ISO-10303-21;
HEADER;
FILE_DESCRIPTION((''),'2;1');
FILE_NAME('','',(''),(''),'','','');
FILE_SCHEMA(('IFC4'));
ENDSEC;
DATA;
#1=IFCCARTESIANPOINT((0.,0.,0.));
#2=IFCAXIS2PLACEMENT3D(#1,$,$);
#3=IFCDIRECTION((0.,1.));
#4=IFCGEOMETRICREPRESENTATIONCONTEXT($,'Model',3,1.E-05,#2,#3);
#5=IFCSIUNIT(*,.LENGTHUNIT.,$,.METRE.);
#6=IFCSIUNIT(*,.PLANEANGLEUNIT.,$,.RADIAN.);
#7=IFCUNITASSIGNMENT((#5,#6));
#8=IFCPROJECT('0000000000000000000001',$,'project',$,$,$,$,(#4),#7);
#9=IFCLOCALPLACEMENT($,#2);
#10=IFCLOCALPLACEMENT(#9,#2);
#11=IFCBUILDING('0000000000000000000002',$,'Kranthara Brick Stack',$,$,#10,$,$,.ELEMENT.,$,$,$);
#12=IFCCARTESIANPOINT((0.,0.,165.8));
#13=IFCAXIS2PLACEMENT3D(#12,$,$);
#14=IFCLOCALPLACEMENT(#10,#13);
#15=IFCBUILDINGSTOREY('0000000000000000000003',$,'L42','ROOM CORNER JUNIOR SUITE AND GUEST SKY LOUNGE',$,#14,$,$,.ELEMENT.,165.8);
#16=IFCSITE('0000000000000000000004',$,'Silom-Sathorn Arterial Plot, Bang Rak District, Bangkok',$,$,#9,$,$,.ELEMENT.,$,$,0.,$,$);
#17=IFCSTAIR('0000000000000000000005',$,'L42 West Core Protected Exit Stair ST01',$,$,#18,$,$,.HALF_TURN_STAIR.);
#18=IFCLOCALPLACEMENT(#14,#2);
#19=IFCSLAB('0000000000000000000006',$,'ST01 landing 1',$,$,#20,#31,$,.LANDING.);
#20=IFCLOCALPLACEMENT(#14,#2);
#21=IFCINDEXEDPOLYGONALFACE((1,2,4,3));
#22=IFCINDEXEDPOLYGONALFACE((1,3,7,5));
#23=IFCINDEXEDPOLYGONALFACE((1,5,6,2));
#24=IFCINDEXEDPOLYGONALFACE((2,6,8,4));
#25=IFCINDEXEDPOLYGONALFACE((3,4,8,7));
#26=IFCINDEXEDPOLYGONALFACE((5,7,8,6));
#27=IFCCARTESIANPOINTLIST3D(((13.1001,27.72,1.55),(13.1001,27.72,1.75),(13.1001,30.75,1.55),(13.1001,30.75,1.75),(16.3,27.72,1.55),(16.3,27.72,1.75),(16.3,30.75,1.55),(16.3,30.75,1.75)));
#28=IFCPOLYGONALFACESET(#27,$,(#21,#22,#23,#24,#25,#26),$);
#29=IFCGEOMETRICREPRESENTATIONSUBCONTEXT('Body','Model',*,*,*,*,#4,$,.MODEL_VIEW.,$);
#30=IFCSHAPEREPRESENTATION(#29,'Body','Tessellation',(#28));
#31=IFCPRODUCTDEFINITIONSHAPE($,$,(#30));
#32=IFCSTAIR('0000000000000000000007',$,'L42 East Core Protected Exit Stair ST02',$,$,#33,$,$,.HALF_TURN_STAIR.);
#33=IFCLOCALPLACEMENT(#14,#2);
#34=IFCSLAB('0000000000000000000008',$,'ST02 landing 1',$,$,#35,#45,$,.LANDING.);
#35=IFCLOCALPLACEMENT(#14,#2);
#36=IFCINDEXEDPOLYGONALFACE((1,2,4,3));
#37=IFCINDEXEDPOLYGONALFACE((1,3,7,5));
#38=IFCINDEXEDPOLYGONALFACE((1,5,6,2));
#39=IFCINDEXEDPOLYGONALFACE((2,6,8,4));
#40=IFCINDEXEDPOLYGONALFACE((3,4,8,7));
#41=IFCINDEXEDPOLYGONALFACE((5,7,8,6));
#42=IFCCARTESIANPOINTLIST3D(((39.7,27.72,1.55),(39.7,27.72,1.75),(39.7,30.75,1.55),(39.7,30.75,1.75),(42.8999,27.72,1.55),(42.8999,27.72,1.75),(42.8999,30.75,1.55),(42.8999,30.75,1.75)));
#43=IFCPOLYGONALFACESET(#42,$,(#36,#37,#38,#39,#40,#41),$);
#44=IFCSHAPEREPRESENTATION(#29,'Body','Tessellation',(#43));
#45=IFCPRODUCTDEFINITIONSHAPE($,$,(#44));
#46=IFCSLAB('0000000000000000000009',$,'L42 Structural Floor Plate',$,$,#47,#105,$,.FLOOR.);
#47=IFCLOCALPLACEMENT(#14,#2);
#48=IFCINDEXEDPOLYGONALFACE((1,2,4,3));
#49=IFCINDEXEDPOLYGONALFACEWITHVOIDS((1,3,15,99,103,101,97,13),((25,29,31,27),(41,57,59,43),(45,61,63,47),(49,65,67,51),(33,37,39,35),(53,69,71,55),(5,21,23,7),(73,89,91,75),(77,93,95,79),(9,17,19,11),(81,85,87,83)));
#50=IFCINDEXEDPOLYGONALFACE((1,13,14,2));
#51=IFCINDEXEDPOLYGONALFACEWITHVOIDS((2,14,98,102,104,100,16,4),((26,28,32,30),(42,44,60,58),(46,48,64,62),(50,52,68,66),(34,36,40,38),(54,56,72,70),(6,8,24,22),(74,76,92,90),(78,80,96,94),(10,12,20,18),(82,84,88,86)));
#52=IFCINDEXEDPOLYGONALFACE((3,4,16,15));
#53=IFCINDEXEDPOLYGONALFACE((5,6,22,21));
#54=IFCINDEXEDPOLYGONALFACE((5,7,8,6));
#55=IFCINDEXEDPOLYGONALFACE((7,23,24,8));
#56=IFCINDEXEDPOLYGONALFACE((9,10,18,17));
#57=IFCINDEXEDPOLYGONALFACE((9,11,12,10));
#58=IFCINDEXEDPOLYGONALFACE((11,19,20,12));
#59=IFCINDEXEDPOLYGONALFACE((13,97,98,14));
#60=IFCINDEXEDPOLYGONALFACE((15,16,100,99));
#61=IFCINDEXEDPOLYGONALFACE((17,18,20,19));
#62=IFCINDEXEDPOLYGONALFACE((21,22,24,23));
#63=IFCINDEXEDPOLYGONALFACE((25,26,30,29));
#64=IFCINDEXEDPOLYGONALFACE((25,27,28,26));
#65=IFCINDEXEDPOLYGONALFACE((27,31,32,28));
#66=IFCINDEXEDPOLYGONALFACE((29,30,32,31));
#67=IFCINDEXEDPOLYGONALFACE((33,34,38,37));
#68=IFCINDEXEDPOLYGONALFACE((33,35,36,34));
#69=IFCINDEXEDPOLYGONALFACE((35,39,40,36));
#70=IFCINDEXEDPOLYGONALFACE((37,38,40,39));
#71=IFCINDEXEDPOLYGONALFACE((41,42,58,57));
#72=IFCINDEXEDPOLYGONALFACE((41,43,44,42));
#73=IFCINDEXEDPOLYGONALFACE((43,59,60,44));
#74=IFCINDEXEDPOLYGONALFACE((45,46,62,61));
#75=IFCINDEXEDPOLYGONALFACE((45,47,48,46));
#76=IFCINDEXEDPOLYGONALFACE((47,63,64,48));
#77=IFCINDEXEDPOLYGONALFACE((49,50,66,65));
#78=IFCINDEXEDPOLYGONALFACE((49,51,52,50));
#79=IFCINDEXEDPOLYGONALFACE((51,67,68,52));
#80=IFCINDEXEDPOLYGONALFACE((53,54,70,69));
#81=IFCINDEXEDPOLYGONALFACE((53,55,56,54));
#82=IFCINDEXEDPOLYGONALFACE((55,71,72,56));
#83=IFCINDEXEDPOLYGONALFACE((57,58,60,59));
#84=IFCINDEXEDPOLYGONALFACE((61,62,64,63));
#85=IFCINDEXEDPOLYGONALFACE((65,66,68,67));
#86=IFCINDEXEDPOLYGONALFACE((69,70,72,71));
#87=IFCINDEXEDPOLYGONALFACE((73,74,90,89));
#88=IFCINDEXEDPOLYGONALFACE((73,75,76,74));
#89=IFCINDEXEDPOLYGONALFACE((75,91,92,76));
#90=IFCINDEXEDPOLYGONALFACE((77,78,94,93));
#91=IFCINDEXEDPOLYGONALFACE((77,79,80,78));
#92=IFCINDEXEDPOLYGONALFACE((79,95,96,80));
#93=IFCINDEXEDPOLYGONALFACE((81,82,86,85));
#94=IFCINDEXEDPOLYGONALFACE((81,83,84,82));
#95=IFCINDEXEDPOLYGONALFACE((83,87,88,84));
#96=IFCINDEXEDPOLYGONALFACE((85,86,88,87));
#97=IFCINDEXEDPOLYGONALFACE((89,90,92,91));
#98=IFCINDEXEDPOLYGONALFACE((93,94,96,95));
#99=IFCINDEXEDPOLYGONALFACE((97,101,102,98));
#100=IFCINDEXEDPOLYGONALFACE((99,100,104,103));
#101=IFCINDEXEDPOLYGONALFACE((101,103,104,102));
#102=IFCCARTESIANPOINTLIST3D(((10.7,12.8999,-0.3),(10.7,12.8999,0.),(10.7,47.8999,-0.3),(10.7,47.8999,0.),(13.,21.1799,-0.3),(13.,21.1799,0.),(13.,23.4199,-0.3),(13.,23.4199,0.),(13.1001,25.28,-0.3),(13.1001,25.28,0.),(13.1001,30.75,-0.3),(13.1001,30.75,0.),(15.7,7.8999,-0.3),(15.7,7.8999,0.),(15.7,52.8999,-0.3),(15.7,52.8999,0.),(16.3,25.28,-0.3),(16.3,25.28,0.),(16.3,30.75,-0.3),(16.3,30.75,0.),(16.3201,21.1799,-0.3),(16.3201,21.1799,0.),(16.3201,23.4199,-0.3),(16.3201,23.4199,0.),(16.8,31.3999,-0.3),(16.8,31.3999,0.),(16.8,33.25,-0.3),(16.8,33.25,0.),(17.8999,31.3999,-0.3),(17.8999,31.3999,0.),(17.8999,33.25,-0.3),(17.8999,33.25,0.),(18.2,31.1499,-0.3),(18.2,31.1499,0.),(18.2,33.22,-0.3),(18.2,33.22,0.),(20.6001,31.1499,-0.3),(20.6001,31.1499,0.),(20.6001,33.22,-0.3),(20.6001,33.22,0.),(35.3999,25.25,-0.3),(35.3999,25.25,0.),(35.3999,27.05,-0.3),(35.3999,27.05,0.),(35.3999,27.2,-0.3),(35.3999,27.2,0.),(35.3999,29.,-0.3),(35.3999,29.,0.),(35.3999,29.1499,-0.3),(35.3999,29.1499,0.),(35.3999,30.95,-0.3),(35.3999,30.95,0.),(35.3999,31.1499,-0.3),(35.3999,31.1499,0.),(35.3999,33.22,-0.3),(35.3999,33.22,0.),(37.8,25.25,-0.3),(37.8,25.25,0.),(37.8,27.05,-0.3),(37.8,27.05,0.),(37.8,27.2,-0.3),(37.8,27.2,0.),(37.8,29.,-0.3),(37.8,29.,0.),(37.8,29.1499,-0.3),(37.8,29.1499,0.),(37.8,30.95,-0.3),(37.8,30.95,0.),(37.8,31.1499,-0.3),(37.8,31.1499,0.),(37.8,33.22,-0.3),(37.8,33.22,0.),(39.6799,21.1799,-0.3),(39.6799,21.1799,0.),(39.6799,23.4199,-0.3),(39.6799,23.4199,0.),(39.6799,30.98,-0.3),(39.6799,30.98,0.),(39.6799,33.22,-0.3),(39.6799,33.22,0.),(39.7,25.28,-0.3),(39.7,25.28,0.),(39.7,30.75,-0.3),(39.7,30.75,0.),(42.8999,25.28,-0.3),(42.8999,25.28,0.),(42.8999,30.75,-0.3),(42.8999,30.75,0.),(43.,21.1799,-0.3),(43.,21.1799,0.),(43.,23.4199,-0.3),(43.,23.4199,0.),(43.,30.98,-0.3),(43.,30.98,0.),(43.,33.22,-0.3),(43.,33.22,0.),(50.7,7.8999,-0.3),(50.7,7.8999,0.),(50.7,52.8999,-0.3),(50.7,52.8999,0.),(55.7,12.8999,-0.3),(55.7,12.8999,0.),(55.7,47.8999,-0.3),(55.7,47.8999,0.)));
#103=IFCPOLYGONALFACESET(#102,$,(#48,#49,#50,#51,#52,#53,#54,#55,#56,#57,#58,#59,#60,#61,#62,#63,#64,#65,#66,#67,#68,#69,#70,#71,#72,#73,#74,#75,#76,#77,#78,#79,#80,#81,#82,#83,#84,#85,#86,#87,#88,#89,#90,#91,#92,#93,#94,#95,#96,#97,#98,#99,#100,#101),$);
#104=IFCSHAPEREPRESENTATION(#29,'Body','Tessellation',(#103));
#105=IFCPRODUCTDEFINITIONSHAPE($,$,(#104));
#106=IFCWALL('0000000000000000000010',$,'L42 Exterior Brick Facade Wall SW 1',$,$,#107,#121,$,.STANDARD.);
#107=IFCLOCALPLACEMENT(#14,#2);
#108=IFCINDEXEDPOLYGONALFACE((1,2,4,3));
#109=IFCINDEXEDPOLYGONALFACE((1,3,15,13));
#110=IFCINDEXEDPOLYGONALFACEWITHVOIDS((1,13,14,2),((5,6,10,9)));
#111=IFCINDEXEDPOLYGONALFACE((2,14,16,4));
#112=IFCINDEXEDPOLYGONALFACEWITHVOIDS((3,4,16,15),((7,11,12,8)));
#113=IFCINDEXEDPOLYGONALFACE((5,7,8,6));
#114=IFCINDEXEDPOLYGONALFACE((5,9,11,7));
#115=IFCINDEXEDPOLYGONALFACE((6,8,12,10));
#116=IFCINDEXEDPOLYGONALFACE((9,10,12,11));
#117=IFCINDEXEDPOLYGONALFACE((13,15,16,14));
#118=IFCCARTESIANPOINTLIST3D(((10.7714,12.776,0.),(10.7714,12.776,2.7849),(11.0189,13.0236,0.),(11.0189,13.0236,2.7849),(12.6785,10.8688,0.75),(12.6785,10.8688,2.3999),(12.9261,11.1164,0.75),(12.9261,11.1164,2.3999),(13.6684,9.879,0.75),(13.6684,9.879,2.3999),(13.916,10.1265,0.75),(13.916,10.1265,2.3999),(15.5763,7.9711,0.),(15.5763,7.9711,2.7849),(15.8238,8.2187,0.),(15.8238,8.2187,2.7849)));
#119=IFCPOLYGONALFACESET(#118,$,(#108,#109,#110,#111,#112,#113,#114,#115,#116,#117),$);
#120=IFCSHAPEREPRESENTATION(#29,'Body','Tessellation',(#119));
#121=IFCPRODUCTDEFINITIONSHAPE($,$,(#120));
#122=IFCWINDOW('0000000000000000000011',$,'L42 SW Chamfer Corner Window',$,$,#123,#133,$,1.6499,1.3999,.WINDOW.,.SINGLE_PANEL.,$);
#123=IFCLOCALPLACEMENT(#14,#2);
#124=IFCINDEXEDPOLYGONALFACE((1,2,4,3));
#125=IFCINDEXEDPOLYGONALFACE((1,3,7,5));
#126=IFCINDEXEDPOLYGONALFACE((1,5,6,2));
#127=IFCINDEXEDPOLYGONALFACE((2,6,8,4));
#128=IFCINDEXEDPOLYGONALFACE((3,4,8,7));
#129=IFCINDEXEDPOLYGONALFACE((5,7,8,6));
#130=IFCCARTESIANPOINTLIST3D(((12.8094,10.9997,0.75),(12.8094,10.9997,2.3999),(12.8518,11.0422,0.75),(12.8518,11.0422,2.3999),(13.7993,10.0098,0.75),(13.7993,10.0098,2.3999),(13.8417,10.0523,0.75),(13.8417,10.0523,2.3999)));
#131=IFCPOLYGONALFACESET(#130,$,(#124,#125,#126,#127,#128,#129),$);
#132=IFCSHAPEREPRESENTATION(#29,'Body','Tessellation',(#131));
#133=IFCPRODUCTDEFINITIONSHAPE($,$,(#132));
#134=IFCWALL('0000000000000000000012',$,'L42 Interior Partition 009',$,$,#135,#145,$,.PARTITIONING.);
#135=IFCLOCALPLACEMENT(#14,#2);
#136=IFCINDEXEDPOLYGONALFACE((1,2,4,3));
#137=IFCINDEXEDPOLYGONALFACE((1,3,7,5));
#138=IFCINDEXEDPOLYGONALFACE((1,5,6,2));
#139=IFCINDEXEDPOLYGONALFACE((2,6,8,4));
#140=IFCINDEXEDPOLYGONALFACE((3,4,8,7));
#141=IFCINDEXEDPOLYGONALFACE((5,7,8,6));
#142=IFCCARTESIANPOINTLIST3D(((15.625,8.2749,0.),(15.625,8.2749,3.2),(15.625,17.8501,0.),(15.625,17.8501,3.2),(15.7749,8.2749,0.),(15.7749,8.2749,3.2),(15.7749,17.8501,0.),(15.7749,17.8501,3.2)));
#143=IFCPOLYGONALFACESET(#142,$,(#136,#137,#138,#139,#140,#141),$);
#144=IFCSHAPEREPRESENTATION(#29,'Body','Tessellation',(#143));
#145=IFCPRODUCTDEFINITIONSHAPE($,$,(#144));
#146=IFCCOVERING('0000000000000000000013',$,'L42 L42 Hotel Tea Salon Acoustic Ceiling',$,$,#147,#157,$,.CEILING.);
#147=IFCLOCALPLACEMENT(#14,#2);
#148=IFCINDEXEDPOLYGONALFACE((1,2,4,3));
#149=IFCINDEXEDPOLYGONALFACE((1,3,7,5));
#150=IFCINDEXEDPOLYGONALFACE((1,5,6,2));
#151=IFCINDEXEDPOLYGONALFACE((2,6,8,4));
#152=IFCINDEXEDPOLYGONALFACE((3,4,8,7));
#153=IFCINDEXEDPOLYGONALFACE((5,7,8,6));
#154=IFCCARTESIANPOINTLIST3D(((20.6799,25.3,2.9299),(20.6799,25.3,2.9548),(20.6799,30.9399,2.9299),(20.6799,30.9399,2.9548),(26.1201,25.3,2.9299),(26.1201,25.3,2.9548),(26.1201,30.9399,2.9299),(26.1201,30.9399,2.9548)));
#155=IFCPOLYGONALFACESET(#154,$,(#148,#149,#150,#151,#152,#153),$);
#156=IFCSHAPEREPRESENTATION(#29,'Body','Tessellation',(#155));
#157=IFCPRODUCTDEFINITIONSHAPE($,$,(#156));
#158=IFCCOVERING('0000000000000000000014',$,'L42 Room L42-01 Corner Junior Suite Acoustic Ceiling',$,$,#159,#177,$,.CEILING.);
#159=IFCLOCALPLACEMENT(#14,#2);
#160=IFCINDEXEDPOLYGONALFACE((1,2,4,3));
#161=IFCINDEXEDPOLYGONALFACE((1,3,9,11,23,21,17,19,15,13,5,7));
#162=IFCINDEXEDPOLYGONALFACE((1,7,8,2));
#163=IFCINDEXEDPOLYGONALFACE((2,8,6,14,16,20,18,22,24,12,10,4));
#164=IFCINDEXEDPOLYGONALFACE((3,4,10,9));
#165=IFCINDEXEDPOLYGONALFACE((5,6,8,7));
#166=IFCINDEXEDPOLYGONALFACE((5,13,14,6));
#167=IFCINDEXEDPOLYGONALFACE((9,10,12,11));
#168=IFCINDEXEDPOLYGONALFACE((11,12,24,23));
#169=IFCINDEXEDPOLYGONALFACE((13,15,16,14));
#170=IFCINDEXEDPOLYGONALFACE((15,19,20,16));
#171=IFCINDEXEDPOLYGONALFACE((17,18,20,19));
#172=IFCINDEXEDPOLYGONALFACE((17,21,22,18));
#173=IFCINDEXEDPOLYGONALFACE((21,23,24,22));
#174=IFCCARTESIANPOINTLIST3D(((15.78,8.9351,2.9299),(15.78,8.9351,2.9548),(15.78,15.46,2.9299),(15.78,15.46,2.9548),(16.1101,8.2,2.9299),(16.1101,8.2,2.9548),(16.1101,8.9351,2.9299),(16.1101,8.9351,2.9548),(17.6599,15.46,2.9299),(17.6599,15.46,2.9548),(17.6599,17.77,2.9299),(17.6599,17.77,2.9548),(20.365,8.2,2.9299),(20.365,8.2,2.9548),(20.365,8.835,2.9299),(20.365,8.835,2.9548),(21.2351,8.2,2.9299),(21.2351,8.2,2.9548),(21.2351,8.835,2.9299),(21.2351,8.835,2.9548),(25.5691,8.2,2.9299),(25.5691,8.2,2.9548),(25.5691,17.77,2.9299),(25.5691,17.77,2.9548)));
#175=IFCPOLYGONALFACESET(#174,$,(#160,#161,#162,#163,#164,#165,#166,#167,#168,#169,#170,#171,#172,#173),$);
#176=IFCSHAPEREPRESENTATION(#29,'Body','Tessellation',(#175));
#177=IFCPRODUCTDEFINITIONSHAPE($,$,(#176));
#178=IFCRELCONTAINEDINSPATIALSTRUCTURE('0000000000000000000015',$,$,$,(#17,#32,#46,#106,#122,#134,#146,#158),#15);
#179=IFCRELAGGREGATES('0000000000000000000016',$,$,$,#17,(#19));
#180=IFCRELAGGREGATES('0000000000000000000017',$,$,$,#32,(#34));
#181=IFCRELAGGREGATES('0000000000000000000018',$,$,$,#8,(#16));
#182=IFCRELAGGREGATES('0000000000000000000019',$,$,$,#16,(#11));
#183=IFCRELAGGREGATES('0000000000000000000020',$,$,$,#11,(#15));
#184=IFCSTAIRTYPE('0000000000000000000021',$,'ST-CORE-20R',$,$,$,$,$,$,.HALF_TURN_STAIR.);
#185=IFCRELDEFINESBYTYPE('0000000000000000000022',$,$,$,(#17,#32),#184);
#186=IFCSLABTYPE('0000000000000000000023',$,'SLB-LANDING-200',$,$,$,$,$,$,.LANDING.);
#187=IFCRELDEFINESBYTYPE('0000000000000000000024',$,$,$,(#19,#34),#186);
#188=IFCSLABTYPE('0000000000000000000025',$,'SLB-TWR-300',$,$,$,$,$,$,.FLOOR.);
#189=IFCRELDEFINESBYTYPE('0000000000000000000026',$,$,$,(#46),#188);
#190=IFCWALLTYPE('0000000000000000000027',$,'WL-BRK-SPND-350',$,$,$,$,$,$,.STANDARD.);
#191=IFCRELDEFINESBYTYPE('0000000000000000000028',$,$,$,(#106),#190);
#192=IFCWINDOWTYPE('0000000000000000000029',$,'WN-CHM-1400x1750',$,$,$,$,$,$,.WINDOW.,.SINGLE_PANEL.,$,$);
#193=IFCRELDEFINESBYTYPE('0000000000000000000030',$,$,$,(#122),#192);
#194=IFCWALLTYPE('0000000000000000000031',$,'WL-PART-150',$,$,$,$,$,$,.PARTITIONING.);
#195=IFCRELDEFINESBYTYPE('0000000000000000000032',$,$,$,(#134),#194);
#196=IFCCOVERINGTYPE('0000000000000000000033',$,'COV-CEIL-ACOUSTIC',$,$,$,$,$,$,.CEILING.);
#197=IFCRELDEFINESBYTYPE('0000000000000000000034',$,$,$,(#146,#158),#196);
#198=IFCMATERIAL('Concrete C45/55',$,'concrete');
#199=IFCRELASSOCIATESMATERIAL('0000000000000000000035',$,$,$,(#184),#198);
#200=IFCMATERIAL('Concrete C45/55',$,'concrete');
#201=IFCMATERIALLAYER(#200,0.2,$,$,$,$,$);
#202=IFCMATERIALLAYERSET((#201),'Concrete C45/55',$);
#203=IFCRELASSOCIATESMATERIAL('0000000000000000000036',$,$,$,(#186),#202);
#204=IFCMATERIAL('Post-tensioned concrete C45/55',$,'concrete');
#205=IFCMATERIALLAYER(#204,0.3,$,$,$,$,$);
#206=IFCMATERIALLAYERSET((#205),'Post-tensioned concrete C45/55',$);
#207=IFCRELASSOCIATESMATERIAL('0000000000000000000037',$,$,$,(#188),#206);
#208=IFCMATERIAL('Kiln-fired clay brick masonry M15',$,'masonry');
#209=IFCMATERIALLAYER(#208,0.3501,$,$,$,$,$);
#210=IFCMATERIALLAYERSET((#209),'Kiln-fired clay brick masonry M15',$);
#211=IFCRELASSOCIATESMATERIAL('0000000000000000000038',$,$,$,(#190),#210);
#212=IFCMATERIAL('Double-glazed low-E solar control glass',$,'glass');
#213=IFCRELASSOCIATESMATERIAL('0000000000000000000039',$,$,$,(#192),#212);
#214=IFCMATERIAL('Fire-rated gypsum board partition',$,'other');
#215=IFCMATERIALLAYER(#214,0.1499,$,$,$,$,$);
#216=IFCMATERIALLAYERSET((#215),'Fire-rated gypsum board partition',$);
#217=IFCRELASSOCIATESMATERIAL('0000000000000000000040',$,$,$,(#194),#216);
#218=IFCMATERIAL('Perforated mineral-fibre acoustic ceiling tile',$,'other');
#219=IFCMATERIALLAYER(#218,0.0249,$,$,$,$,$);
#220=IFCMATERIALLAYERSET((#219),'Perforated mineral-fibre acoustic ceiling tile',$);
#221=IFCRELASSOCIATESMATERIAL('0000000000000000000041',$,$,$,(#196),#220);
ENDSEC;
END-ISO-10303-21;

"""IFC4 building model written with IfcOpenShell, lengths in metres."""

from ifc_helpers import new_model, si_unit, direction, frame, frame_2d, origin, place, context, subcontext, project, spatial, polyline, rectangle, outline, extrude, material, layer, layer_set, type_object, element, fill, aggregate, save


model = new_model("IFC4")

# Units and contexts
model_context = context("Model", 3, precision=1e-05, world=origin(), true_north=direction((0.0, 1.0)))
body_context = subcontext(model_context, "Body", "Model", "MODEL_VIEW")
ifc_project = project(units=[si_unit("LENGTHUNIT", "METRE"), si_unit("PLANEANGLEUNIT", "RADIAN")], contexts=[model_context])

# Site, building, storey
site_placement = place(None, origin())
site = spatial("IfcSite", under=ifc_project, at=site_placement, Name="Silom-Sathorn Arterial Plot, Bang Rak District, Bangkok", CompositionType="ELEMENT", RefElevation=0.0)
building_placement = place(site_placement, origin())
building = spatial("IfcBuilding", under=site, at=building_placement, Name="Kranthara Brick Stack", CompositionType="ELEMENT")
storey_placement = place(building_placement, frame((0.0, 0.0, 165.8)))
storey = spatial("IfcBuildingStorey", under=building, at=storey_placement, Name="L42", Description="ROOM CORNER JUNIOR SUITE AND GUEST SKY LOUNGE", CompositionType="ELEMENT", Elevation=165.8)

# Stairs, slabs
ifc_material_1 = material(Name="Concrete C45/55", Category="concrete")
stair_type = type_object("IfcStairType", Name="ST-CORE-20R", PredefinedType="HALF_TURN_STAIR", material=ifc_material_1)
stair_1_placement = place(storey_placement, origin())
stair_1 = element("IfcStair", 1, at=stair_1_placement, inside=storey, type_object=stair_type, Name="L42 West Core Protected Exit Stair ST01", PredefinedType="HALF_TURN_STAIR")
ifc_material_2 = material(Name="Concrete C45/55", Category="concrete")
ifc_layer_1 = layer(ifc_material_2, 0.2)
ifc_layer_set_1 = layer_set([ifc_layer_1], Name="Concrete C45/55")
slab_type_1 = type_object("IfcSlabType", Name="SLB-LANDING-200", PredefinedType="LANDING", material=ifc_layer_set_1)
slab_1_placement = place(storey_placement, frame((0.0, 0.0, 1.55)))
slab_1 = element("IfcSlab", 2, at=slab_1_placement, type_object=slab_type_1, Name="ST01 landing 1", PredefinedType="LANDING", context=body_context, shape_type="SweptSolid", body=[
    extrude(outline(polyline([(16.3, 27.72), (16.3, 30.75), (13.1001, 30.75), (13.1001, 27.72), (16.3, 27.72)])), origin(), (0.0, 0.0, 1.0), 0.2),
])
aggregate(stair_1, [slab_1])
stair_2_placement = place(storey_placement, origin())
stair_2 = element("IfcStair", 3, at=stair_2_placement, inside=storey, type_object=stair_type, Name="L42 East Core Protected Exit Stair ST02", PredefinedType="HALF_TURN_STAIR")
slab_2_placement = place(storey_placement, frame((0.0, 0.0, 1.55)))
slab_2 = element("IfcSlab", 4, at=slab_2_placement, type_object=slab_type_1, Name="ST02 landing 1", PredefinedType="LANDING", context=body_context, shape_type="SweptSolid", body=[
    extrude(outline(polyline([(42.8999, 27.72), (42.8999, 30.75), (39.7, 30.75), (39.7, 27.72), (42.8999, 27.72)])), origin(), (0.0, 0.0, 1.0), 0.2),
])
aggregate(stair_2, [slab_2])

# Slab
ifc_material_3 = material(Name="Post-tensioned concrete C45/55", Category="concrete")
ifc_layer_2 = layer(ifc_material_3, 0.3)
ifc_layer_set_2 = layer_set([ifc_layer_2], Name="Post-tensioned concrete C45/55")
slab_type_2 = type_object("IfcSlabType", Name="SLB-TWR-300", PredefinedType="FLOOR", material=ifc_layer_set_2)
slab_3_placement = place(storey_placement, frame((0.0, 0.0, -0.3)))
element("IfcSlab", 5, at=slab_3_placement, inside=storey, type_object=slab_type_2, Name="L42 Structural Floor Plate", PredefinedType="FLOOR", context=body_context, shape_type="SweptSolid", body=[
    extrude(outline(polyline([(15.7, 7.8999), (50.7, 7.8999), (55.7, 12.8999), (55.7, 47.8999), (50.7, 52.8999), (15.7, 52.8999), (10.7, 47.8999), (10.7, 12.8999), (15.7, 7.8999)]), holes=[polyline([(13.1001, 25.28), (16.3, 25.28), (16.3, 30.75), (13.1001, 30.75), (13.1001, 25.28)]), polyline([(39.7, 25.28), (42.8999, 25.28), (42.8999, 30.75), (39.7, 30.75), (39.7, 25.28)]), polyline([(13.0, 21.1799), (16.3201, 21.1799), (16.3201, 23.4199), (13.0, 23.4199), (13.0, 21.1799)]), polyline([(39.6799, 21.1799), (43.0, 21.1799), (43.0, 23.4199), (39.6799, 23.4199), (39.6799, 21.1799)]), polyline([(39.6799, 30.98), (43.0, 30.98), (43.0, 33.22), (39.6799, 33.22), (39.6799, 30.98)]), polyline([(35.3999, 25.25), (37.8, 25.25), (37.8, 27.05), (35.3999, 27.05), (35.3999, 25.25)]), polyline([(35.3999, 27.2), (37.8, 27.2), (37.8, 29.0), (35.3999, 29.0), (35.3999, 27.2)]), polyline([(35.3999, 29.1499), (37.8, 29.1499), (37.8, 30.95), (35.3999, 30.95), (35.3999, 29.1499)]), polyline([(18.2, 31.1499), (20.6001, 31.1499), (20.6001, 33.22), (18.2, 33.22), (18.2, 31.1499)]), polyline([(35.3999, 31.1499), (37.8, 31.1499), (37.8, 33.22), (35.3999, 33.22), (35.3999, 31.1499)]), polyline([(16.8, 31.3999), (17.8999, 31.3999), (17.8999, 33.25), (16.8, 33.25), (16.8, 31.3999)])]), origin(), (0.0, 0.0, 1.0), 0.3),
])

# Wall, opening, window
ifc_material_4 = material(Name="Kiln-fired clay brick masonry M15", Category="masonry")
ifc_layer_3 = layer(ifc_material_4, 0.3501)
ifc_layer_set_3 = layer_set([ifc_layer_3], Name="Kiln-fired clay brick masonry M15")
wall_type_1 = type_object("IfcWallType", Name="WL-BRK-SPND-350", PredefinedType="STANDARD", material=ifc_layer_set_3)
wall_1_placement = place(storey_placement, frame((15.7, 8.095, 0.0), z_axis=(0.0, 0.0, 1.0), x_axis=(-0.707107, 0.707107, 0.0)))
wall_1 = element("IfcWall", 6, at=wall_1_placement, inside=storey, type_object=wall_type_1, Name="L42 Exterior Brick Facade Wall SW 1", PredefinedType="STANDARD", context=body_context, shape_type="SweptSolid", body=[
    extrude(rectangle(XDim=6.7952, YDim=0.3501, at=frame_2d((3.3975, 0.0))), origin(), (0.0, 0.0, 1.0), 2.7849),
])
opening_placement = place(wall_1_placement, frame((2.698, 0.0, 0.75)))
opening = element("IfcOpeningElement", 7, at=opening_placement, cuts=wall_1, PredefinedType="OPENING", context=body_context, shape_type="SweptSolid", body=[
    extrude(rectangle(XDim=1.3999, YDim=1.6499, at=frame_2d((0.7, 0.825))), frame((0.0, 0.1851, 0.0), z_axis=(0.0, -1.0, 0.0), x_axis=(1.0, 0.0, 0.0)), (0.0, 0.0, 1.0), 0.3701),
])
ifc_material_5 = material(Name="Double-glazed low-E solar control glass", Category="glass")
window_type = type_object("IfcWindowType", Name="WN-CHM-1400x1750", PartitioningType="SINGLE_PANEL", PredefinedType="WINDOW", material=ifc_material_5)
window_placement = place(opening_placement, origin())
window = element("IfcWindow", 8, at=window_placement, inside=storey, type_object=window_type, Name="L42 SW Chamfer Corner Window", OverallHeight=1.6499, OverallWidth=1.3999, PartitioningType="SINGLE_PANEL", PredefinedType="WINDOW", context=body_context, shape_type="SweptSolid", body=[
    extrude(rectangle(XDim=1.3999, YDim=1.6499, at=frame_2d((0.7, 0.825))), frame((0.0, -0.01, 0.0), z_axis=(0.0, -1.0, 0.0), x_axis=(1.0, 0.0, 0.0)), (0.0, 0.0, 1.0), 0.0601),
])
fill(opening, window)

# Wall
ifc_material_6 = material(Name="Fire-rated gypsum board partition", Category="other")
ifc_layer_4 = layer(ifc_material_6, 0.1499)
ifc_layer_set_4 = layer_set([ifc_layer_4], Name="Fire-rated gypsum board partition")
wall_type_2 = type_object("IfcWallType", Name="WL-PART-150", PredefinedType="PARTITIONING", material=ifc_layer_set_4)
wall_2_placement = place(storey_placement, frame((15.7, 8.2749, 0.0), z_axis=(0.0, 0.0, 1.0), x_axis=(0.0, 1.0, 0.0)))
element("IfcWall", 9, at=wall_2_placement, inside=storey, type_object=wall_type_2, Name="L42 Interior Partition 009", PredefinedType="PARTITIONING", context=body_context, shape_type="SweptSolid", body=[
    extrude(rectangle(XDim=9.5752, YDim=0.1499, at=frame_2d((4.7876, 0.0))), origin(), (0.0, 0.0, 1.0), 3.2),
])

# Coverings
ifc_material_7 = material(Name="Perforated mineral-fibre acoustic ceiling tile", Category="other")
ifc_layer_5 = layer(ifc_material_7, 0.0249)
ifc_layer_set_5 = layer_set([ifc_layer_5], Name="Perforated mineral-fibre acoustic ceiling tile")
covering_type_1 = type_object("IfcCoveringType", Name="COV-CEIL-ACOUSTIC", PredefinedType="CEILING", material=ifc_layer_set_5)
covering_1_placement = place(storey_placement, frame((0.0, 0.0, 2.9299)))
element("IfcCovering", 10, at=covering_1_placement, inside=storey, type_object=covering_type_1, Name="L42 L42 Hotel Tea Salon Acoustic Ceiling", PredefinedType="CEILING", context=body_context, shape_type="SweptSolid", body=[
    extrude(outline(polyline([(26.1201, 25.3), (26.1201, 30.9399), (20.6799, 30.9399), (20.6799, 25.3), (26.1201, 25.3)])), origin(), (0.0, 0.0, 1.0), 0.0249),
])
covering_2_placement = place(storey_placement, frame((0.0, 0.0, 2.9299)))
element("IfcCovering", 11, at=covering_2_placement, inside=storey, type_object=covering_type_1, Name="L42 Room L42-01 Corner Junior Suite Acoustic Ceiling", PredefinedType="CEILING", context=body_context, shape_type="SweptSolid", body=[
    extrude(outline(polyline([(17.6599, 15.46), (17.6599, 17.77), (25.5691, 17.77), (25.5691, 8.2), (21.2351, 8.2), (21.2351, 8.835), (20.365, 8.835), (20.365, 8.2), (16.1101, 8.2), (16.1101, 8.9351), (15.78, 8.9351), (15.78, 15.46), (17.6599, 15.46)])), origin(), (0.0, 0.0, 1.0), 0.0249),
])

save(model, "model.ifc")
